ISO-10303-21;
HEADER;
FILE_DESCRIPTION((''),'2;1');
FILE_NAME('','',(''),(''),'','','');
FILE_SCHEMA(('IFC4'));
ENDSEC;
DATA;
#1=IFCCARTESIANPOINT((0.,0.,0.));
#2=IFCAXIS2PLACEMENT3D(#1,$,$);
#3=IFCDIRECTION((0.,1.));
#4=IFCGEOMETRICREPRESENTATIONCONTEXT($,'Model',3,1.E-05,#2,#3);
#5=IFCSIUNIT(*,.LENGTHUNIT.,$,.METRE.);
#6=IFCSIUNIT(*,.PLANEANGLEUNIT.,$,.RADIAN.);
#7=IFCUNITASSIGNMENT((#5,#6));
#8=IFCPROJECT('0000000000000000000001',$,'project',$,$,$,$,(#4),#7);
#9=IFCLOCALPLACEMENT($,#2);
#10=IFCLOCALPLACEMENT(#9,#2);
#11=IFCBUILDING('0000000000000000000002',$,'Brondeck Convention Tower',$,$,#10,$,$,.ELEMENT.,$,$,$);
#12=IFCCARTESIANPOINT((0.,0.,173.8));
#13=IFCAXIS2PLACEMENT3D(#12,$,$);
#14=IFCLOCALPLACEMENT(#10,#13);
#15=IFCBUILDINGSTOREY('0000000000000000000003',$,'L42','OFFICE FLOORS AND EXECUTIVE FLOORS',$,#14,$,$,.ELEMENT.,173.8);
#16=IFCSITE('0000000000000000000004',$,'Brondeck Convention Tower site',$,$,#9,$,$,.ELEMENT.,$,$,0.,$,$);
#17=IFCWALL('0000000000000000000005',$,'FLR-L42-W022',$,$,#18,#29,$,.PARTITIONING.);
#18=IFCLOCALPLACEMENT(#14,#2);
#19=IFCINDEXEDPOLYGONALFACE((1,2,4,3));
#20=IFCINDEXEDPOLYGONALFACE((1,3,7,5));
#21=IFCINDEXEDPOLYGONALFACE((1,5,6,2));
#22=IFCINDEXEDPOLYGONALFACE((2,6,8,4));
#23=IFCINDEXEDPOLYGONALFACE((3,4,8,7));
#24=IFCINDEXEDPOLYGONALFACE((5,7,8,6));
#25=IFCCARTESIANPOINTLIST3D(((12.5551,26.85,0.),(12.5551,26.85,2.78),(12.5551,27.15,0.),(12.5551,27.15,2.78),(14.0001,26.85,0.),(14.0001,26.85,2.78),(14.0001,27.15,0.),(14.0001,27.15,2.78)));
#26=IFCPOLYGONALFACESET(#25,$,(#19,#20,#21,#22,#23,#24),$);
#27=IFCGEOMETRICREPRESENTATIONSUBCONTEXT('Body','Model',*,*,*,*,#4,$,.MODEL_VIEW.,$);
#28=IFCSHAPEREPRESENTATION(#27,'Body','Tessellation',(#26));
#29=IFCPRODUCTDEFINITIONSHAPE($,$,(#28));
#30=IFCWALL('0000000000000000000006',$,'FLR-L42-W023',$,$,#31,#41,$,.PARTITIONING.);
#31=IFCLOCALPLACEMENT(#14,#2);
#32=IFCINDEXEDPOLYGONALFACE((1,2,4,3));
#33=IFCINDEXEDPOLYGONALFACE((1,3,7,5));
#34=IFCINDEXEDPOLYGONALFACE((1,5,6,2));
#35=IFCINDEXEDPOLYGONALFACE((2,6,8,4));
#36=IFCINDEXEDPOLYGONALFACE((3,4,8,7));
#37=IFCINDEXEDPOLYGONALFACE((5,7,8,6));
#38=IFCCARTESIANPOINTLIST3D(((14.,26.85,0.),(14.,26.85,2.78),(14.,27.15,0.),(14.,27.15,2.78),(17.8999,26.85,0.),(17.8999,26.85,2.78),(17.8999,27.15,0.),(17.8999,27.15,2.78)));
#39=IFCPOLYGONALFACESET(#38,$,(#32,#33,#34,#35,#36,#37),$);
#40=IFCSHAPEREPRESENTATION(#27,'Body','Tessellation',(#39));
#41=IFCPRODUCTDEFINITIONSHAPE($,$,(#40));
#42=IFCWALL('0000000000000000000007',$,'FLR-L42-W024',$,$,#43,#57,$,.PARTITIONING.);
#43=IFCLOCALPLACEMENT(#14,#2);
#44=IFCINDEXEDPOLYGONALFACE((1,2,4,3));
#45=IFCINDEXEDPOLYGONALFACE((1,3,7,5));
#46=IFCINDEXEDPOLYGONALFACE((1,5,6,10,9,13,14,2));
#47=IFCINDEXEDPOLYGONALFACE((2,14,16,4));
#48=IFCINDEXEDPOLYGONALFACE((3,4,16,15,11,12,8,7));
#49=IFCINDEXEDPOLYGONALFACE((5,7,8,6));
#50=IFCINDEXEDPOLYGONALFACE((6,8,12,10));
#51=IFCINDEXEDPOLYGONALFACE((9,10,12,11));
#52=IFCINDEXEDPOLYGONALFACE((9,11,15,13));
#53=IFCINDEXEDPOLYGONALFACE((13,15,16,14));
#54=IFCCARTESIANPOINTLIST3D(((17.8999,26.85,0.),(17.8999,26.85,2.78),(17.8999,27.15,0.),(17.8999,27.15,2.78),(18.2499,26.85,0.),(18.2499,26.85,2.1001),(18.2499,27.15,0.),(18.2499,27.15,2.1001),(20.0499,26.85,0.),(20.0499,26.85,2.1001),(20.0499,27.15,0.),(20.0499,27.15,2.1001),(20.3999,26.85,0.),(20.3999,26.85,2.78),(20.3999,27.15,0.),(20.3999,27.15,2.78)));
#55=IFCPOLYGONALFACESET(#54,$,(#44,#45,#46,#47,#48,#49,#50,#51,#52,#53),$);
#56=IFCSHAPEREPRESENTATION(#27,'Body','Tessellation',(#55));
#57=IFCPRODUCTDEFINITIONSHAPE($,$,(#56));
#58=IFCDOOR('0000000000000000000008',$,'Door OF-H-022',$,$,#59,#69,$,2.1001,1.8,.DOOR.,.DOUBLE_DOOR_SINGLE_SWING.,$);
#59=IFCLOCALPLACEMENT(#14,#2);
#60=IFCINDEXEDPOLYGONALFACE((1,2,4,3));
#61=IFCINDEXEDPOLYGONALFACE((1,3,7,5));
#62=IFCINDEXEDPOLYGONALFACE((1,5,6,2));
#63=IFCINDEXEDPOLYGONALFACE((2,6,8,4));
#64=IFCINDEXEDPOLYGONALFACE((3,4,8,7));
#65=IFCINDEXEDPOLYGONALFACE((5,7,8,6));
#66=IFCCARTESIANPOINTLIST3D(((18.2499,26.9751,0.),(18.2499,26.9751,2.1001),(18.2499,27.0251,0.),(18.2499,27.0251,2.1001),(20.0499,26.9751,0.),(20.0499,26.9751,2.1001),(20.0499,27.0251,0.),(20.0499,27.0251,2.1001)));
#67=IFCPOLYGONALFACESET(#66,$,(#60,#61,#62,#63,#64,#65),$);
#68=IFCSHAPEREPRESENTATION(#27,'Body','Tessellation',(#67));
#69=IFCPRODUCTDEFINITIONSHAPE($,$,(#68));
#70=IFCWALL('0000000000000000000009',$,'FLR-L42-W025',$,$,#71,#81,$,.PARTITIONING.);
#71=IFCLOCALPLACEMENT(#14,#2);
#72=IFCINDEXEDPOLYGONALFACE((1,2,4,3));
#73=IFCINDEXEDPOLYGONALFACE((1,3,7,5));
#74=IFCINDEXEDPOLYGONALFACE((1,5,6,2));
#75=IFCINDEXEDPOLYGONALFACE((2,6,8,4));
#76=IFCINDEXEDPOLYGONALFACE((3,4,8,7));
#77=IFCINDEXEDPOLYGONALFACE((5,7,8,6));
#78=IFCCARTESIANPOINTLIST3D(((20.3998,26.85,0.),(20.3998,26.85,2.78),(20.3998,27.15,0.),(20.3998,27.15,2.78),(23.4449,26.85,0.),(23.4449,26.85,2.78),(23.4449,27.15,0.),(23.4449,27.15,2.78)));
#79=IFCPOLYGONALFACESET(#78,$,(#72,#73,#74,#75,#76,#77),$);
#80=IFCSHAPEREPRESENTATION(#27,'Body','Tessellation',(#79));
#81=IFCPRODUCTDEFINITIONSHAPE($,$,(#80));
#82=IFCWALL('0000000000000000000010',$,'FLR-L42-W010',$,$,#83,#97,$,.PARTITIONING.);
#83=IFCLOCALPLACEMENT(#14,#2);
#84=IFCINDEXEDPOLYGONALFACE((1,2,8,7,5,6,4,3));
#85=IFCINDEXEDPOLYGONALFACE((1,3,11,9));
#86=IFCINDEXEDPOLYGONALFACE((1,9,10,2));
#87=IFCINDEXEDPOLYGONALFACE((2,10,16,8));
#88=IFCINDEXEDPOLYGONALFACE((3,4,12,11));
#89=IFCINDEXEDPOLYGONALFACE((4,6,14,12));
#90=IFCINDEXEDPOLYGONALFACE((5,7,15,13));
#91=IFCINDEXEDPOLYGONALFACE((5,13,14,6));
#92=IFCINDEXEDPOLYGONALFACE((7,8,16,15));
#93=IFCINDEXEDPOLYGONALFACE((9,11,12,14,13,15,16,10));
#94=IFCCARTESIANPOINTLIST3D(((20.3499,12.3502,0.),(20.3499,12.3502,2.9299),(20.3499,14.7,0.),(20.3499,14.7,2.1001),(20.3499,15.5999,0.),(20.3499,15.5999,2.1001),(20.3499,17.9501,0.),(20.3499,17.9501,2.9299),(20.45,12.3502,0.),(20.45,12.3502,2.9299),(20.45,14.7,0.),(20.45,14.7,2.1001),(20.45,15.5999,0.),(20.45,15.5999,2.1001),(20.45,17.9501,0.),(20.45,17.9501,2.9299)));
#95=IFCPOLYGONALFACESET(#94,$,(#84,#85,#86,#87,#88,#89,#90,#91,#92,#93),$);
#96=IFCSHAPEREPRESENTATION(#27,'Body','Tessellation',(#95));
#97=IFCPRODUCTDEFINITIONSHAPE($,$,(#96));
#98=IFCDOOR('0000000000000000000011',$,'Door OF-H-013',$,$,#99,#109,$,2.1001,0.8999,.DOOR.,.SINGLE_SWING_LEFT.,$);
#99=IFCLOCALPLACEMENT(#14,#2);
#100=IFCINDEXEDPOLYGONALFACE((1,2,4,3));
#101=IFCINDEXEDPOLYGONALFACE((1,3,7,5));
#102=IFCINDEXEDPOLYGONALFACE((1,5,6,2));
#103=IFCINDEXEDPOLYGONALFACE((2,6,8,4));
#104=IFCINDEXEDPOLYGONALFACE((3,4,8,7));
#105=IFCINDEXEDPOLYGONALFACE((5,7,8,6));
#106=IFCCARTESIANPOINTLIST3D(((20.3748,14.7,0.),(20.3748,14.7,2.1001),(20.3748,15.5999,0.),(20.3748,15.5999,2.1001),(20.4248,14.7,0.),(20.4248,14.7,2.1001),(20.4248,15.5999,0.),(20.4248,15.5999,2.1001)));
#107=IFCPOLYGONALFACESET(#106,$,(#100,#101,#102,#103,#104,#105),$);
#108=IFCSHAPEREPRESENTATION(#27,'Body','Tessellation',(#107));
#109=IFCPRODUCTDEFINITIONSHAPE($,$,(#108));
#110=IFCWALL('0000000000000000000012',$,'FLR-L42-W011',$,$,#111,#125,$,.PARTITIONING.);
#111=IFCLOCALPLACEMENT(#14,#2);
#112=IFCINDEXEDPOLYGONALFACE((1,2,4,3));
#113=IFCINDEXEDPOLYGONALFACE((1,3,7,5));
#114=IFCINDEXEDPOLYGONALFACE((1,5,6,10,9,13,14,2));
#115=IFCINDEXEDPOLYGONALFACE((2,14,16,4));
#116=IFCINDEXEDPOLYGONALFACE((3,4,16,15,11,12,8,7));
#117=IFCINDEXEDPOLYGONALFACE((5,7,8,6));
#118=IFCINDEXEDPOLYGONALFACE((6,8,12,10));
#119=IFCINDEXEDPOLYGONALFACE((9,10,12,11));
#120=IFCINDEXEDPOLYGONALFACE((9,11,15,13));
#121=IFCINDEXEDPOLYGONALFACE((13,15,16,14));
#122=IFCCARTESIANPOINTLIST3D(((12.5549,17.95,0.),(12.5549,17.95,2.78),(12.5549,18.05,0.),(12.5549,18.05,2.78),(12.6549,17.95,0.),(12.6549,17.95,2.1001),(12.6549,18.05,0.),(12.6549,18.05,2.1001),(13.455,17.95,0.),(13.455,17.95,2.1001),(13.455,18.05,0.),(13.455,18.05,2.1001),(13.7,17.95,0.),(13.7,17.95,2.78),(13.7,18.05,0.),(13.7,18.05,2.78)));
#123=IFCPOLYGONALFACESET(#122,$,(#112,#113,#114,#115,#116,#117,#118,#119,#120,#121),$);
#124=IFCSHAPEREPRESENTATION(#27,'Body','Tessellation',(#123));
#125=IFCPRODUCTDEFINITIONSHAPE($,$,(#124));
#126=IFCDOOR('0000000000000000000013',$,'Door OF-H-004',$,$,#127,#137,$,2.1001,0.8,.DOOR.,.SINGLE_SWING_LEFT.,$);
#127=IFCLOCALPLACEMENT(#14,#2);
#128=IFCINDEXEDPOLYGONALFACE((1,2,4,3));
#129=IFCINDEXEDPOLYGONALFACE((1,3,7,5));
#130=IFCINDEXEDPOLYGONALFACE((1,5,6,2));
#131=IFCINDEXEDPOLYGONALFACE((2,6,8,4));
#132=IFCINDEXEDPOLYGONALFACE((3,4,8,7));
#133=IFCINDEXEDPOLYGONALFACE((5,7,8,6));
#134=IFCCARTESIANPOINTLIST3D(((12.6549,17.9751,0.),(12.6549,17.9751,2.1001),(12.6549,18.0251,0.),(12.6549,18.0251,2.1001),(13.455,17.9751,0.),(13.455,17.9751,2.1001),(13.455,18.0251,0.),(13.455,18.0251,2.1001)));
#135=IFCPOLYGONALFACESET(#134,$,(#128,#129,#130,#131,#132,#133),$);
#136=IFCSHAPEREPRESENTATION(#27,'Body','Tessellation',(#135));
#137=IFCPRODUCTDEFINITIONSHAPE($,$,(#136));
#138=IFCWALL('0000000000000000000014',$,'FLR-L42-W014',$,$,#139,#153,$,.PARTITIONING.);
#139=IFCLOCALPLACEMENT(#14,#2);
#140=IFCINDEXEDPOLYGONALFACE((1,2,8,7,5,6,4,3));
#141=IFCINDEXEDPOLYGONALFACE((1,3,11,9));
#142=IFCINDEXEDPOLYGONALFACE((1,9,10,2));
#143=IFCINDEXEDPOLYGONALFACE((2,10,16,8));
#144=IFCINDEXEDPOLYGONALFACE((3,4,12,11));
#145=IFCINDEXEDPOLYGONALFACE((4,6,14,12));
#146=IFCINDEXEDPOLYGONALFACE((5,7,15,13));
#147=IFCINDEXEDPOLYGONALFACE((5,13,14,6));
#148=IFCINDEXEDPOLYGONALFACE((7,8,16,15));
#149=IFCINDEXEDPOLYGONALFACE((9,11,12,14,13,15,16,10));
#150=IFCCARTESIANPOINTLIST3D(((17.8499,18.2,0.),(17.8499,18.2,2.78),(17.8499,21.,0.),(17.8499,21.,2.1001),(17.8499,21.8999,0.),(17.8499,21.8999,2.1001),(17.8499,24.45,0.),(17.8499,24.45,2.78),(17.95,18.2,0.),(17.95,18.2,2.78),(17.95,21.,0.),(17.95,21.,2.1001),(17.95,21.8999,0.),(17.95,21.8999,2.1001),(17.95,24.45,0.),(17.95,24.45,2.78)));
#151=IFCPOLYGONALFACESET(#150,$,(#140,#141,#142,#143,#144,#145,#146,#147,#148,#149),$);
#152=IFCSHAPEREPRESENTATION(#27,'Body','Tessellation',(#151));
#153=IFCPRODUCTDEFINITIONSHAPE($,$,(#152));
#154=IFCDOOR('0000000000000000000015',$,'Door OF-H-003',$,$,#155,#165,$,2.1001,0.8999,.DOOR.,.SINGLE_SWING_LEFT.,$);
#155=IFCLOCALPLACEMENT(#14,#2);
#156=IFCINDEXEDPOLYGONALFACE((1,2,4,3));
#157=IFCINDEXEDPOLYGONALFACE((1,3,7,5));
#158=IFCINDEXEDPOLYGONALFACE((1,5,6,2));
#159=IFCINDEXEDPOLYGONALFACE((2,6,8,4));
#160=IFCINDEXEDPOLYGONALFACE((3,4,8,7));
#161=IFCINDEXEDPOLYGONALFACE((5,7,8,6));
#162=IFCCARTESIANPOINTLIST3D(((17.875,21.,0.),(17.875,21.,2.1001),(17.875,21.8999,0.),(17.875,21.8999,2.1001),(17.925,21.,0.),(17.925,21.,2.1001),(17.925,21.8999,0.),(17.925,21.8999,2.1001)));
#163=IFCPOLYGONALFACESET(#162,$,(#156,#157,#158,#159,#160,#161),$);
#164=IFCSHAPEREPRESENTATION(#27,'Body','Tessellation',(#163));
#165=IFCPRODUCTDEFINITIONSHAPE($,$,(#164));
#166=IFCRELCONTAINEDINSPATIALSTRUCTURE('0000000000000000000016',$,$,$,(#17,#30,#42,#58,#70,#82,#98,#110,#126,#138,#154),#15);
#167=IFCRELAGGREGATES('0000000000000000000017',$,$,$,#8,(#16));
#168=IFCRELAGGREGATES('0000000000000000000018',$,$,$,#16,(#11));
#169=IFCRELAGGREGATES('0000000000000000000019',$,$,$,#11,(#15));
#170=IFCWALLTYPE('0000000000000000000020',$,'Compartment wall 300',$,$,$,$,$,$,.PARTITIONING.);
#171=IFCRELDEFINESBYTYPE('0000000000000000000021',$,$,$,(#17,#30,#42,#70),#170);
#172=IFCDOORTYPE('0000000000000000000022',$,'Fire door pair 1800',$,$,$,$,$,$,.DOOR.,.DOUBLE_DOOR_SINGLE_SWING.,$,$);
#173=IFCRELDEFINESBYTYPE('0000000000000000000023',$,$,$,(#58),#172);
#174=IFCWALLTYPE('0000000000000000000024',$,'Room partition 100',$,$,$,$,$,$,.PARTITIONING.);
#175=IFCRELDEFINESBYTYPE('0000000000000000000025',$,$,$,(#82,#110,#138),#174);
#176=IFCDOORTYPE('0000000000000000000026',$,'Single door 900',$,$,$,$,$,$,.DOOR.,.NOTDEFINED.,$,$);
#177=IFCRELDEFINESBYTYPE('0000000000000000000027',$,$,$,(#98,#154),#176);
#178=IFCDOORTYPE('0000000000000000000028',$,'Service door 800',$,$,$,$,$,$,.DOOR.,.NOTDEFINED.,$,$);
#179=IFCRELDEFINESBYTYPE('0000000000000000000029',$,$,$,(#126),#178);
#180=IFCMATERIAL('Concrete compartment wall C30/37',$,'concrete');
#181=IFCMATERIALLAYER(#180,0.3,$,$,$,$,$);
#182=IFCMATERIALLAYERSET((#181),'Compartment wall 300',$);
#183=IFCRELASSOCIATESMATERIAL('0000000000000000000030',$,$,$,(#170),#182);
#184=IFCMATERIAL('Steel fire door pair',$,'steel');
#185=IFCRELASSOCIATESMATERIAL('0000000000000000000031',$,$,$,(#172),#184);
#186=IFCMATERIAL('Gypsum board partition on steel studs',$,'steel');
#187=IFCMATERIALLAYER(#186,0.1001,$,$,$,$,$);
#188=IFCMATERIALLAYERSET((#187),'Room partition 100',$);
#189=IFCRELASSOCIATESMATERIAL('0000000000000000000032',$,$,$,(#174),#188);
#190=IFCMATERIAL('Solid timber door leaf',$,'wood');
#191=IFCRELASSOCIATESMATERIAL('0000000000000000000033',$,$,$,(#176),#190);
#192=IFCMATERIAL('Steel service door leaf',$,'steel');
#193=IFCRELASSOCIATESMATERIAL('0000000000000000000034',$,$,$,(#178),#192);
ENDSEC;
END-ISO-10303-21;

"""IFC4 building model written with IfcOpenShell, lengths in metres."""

from ifc_helpers import new_model, si_unit, direction, frame, frame_2d, origin, place, context, subcontext, project, spatial, rectangle, extrude, material, layer, layer_set, type_object, element, fill, save


model = new_model("IFC4")

# Units and contexts
model_context = context("Model", 3, precision=1e-05, world=origin(), true_north=direction((0.0, 1.0)))
body_context = subcontext(model_context, "Body", "Model", "MODEL_VIEW")
ifc_project = project(units=[si_unit("LENGTHUNIT", "METRE"), si_unit("PLANEANGLEUNIT", "RADIAN")], contexts=[model_context])

# Site, building, storey
site_placement = place(None, origin())
site = spatial("IfcSite", under=ifc_project, at=site_placement, Name="Brondeck Convention Tower site", CompositionType="ELEMENT", RefElevation=0.0)
building_placement = place(site_placement, origin())
building = spatial("IfcBuilding", under=site, at=building_placement, Name="Brondeck Convention Tower", CompositionType="ELEMENT")
storey_placement = place(building_placement, frame((0.0, 0.0, 173.8)))
storey = spatial("IfcBuildingStorey", under=building, at=storey_placement, Name="L42", Description="OFFICE FLOORS AND EXECUTIVE FLOORS", CompositionType="ELEMENT", Elevation=173.8)

# Walls
ifc_material_1 = material(Name="Concrete compartment wall C30/37", Category="concrete")
ifc_layer_1 = layer(ifc_material_1, 0.3)
ifc_layer_set_1 = layer_set([ifc_layer_1], Name="Compartment wall 300")
wall_type_1 = type_object("IfcWallType", Name="Compartment wall 300", PredefinedType="PARTITIONING", material=ifc_layer_set_1)
wall_1_placement = place(storey_placement, frame((12.5549, 27.0, 0.0), z_axis=(0.0, 0.0, 1.0), x_axis=(1.0, 0.0, 0.0)))
element("IfcWall", 1, at=wall_1_placement, inside=storey, type_object=wall_type_1, Name="FLR-L42-W022", PredefinedType="PARTITIONING", context=body_context, shape_type="SweptSolid", body=[
    extrude(rectangle(XDim=1.4451, YDim=0.3, at=frame_2d((0.7227, 0.0))), origin(), (0.0, 0.0, 1.0), 2.78),
])
wall_2_placement = place(storey_placement, frame((14.0, 27.0, 0.0), z_axis=(0.0, 0.0, 1.0), x_axis=(1.0, 0.0, 0.0)))
element("IfcWall", 2, at=wall_2_placement, inside=storey, type_object=wall_type_1, Name="FLR-L42-W023", PredefinedType="PARTITIONING", context=body_context, shape_type="SweptSolid", body=[
    extrude(rectangle(XDim=3.8999, YDim=0.3, at=frame_2d((1.95, 0.0))), origin(), (0.0, 0.0, 1.0), 2.78),
])

# Wall, opening, door
wall_3_placement = place(storey_placement, frame((20.3999, 27.0, 0.0), z_axis=(0.0, 0.0, 1.0), x_axis=(-1.0, 0.0, 0.0)))
wall_3 = element("IfcWall", 3, at=wall_3_placement, inside=storey, type_object=wall_type_1, Name="FLR-L42-W024", PredefinedType="PARTITIONING", context=body_context, shape_type="SweptSolid", body=[
    extrude(rectangle(XDim=2.5, YDim=0.3, at=frame_2d((1.25, 0.0))), origin(), (0.0, 0.0, 1.0), 2.78),
])
opening_1_placement = place(wall_3_placement, frame((0.3501, 0.0, 0.0)))
opening_1 = element("IfcOpeningElement", 4, at=opening_1_placement, cuts=wall_3, PredefinedType="OPENING", context=body_context, shape_type="SweptSolid", body=[
    extrude(rectangle(XDim=1.8, YDim=2.1001, at=frame_2d((0.8999, 1.05))), frame((0.0, 0.1599, 0.0), z_axis=(0.0, -1.0, 0.0), x_axis=(1.0, 0.0, 0.0)), (0.0, 0.0, 1.0), 0.3201),
])
ifc_material_2 = material(Name="Steel fire door pair", Category="steel")
door_type_1 = type_object("IfcDoorType", Name="Fire door pair 1800", OperationType="DOUBLE_DOOR_SINGLE_SWING", PredefinedType="DOOR", material=ifc_material_2)
door_1_placement = place(opening_1_placement, origin())
door_1 = element("IfcDoor", 5, at=door_1_placement, inside=storey, type_object=door_type_1, Name="Door OF-H-022", OperationType="DOUBLE_DOOR_SINGLE_SWING", OverallHeight=2.1001, OverallWidth=1.8, PredefinedType="DOOR", context=body_context, shape_type="SweptSolid", body=[
    extrude(rectangle(XDim=1.8, YDim=2.1001, at=frame_2d((0.8999, 1.05))), frame((0.0, 0.0249, 0.0), z_axis=(0.0, -1.0, 0.0), x_axis=(1.0, 0.0, 0.0)), (0.0, 0.0, 1.0), 0.05),
])
fill(opening_1, door_1)

# Wall
wall_4_placement = place(storey_placement, frame((20.3999, 27.0, 0.0), z_axis=(0.0, 0.0, 1.0), x_axis=(1.0, 0.0, 0.0)))
element("IfcWall", 6, at=wall_4_placement, inside=storey, type_object=wall_type_1, Name="FLR-L42-W025", PredefinedType="PARTITIONING", context=body_context, shape_type="SweptSolid", body=[
    extrude(rectangle(XDim=3.0452, YDim=0.3, at=frame_2d((1.5225, 0.0))), origin(), (0.0, 0.0, 1.0), 2.78),
])

# Walls, openings, doors
ifc_material_3 = material(Name="Gypsum board partition on steel studs", Category="steel")
ifc_layer_2 = layer(ifc_material_3, 0.1001)
ifc_layer_set_2 = layer_set([ifc_layer_2], Name="Room partition 100")
wall_type_2 = type_object("IfcWallType", Name="Room partition 100", PredefinedType="PARTITIONING", material=ifc_layer_set_2)
wall_5_placement = place(storey_placement, frame((20.3999, 17.95, 0.0), z_axis=(0.0, 0.0, 1.0), x_axis=(0.0, -1.0, 0.0)))
wall_5 = element("IfcWall", 7, at=wall_5_placement, inside=storey, type_object=wall_type_2, Name="FLR-L42-W010", PredefinedType="PARTITIONING", context=body_context, shape_type="SweptSolid", body=[
    extrude(rectangle(XDim=5.5999, YDim=0.1001, at=frame_2d((2.7998, 0.0))), origin(), (0.0, 0.0, 1.0), 2.9299),
])
opening_2_placement = place(wall_5_placement, frame((2.3501, 0.0, 0.0)))
opening_2 = element("IfcOpeningElement", 8, at=opening_2_placement, cuts=wall_5, PredefinedType="OPENING", context=body_context, shape_type="SweptSolid", body=[
    extrude(rectangle(XDim=0.8999, YDim=2.1001, at=frame_2d((0.45, 1.05))), frame((0.0, 0.0601, 0.0), z_axis=(0.0, -1.0, 0.0), x_axis=(1.0, 0.0, 0.0)), (0.0, 0.0, 1.0), 0.1201),
])
ifc_material_4 = material(Name="Solid timber door leaf", Category="wood")
door_type_2 = type_object("IfcDoorType", Name="Single door 900", OperationType="NOTDEFINED", PredefinedType="DOOR", material=ifc_material_4)
door_2_placement = place(opening_2_placement, origin())
door_2 = element("IfcDoor", 9, at=door_2_placement, inside=storey, type_object=door_type_2, Name="Door OF-H-013", OperationType="SINGLE_SWING_LEFT", OverallHeight=2.1001, OverallWidth=0.8999, PredefinedType="DOOR", context=body_context, shape_type="SweptSolid", body=[
    extrude(rectangle(XDim=0.8999, YDim=2.1001, at=frame_2d((0.45, 1.05))), frame((0.0, 0.0249, 0.0), z_axis=(0.0, -1.0, 0.0), x_axis=(1.0, 0.0, 0.0)), (0.0, 0.0, 1.0), 0.05),
])
fill(opening_2, door_2)
wall_6_placement = place(storey_placement, frame((13.7, 18.0, 0.0), z_axis=(0.0, 0.0, 1.0), x_axis=(-1.0, 0.0, 0.0)))
wall_6 = element("IfcWall", 10, at=wall_6_placement, inside=storey, type_object=wall_type_2, Name="FLR-L42-W011", PredefinedType="PARTITIONING", context=body_context, shape_type="SweptSolid", body=[
    extrude(rectangle(XDim=1.145, YDim=0.1001, at=frame_2d((0.5725, 0.0))), origin(), (0.0, 0.0, 1.0), 2.78),
])
opening_3_placement = place(wall_6_placement, frame((0.2451, 0.0, 0.0)))
opening_3 = element("IfcOpeningElement", 11, at=opening_3_placement, cuts=wall_6, PredefinedType="OPENING", context=body_context, shape_type="SweptSolid", body=[
    extrude(rectangle(XDim=0.8, YDim=2.1001, at=frame_2d((0.3999, 1.05))), frame((0.0, 0.0601, 0.0), z_axis=(0.0, -1.0, 0.0), x_axis=(1.0, 0.0, 0.0)), (0.0, 0.0, 1.0), 0.1201),
])
ifc_material_5 = material(Name="Steel service door leaf", Category="steel")
door_type_3 = type_object("IfcDoorType", Name="Service door 800", OperationType="NOTDEFINED", PredefinedType="DOOR", material=ifc_material_5)
door_3_placement = place(opening_3_placement, origin())
door_3 = element("IfcDoor", 12, at=door_3_placement, inside=storey, type_object=door_type_3, Name="Door OF-H-004", OperationType="SINGLE_SWING_LEFT", OverallHeight=2.1001, OverallWidth=0.8, PredefinedType="DOOR", context=body_context, shape_type="SweptSolid", body=[
    extrude(rectangle(XDim=0.8, YDim=2.1001, at=frame_2d((0.3999, 1.05))), frame((0.0, 0.0249, 0.0), z_axis=(0.0, -1.0, 0.0), x_axis=(1.0, 0.0, 0.0)), (0.0, 0.0, 1.0), 0.05),
])
fill(opening_3, door_3)
wall_7_placement = place(storey_placement, frame((17.8999, 18.2, 0.0), z_axis=(0.0, 0.0, 1.0), x_axis=(0.0, 1.0, 0.0)))
wall_7 = element("IfcWall", 13, at=wall_7_placement, inside=storey, type_object=wall_type_2, Name="FLR-L42-W014", PredefinedType="PARTITIONING", context=body_context, shape_type="SweptSolid", body=[
    extrude(rectangle(XDim=6.25, YDim=0.1001, at=frame_2d((3.125, 0.0))), origin(), (0.0, 0.0, 1.0), 2.78),
])
opening_4_placement = place(wall_7_placement, frame((2.8, 0.0, 0.0)))
opening_4 = element("IfcOpeningElement", 14, at=opening_4_placement, cuts=wall_7, PredefinedType="OPENING", context=body_context, shape_type="SweptSolid", body=[
    extrude(rectangle(XDim=0.8999, YDim=2.1001, at=frame_2d((0.45, 1.05))), frame((0.0, 0.0601, 0.0), z_axis=(0.0, -1.0, 0.0), x_axis=(1.0, 0.0, 0.0)), (0.0, 0.0, 1.0), 0.1201),
])
door_4_placement = place(opening_4_placement, origin())
door_4 = element("IfcDoor", 15, at=door_4_placement, inside=storey, type_object=door_type_2, Name="Door OF-H-003", OperationType="SINGLE_SWING_LEFT", OverallHeight=2.1001, OverallWidth=0.8999, PredefinedType="DOOR", context=body_context, shape_type="SweptSolid", body=[
    extrude(rectangle(XDim=0.8999, YDim=2.1001, at=frame_2d((0.45, 1.05))), frame((0.0, 0.0249, 0.0), z_axis=(0.0, -1.0, 0.0), x_axis=(1.0, 0.0, 0.0)), (0.0, 0.0, 1.0), 0.05),
])
fill(opening_4, door_4)

save(model, "model.ifc")
